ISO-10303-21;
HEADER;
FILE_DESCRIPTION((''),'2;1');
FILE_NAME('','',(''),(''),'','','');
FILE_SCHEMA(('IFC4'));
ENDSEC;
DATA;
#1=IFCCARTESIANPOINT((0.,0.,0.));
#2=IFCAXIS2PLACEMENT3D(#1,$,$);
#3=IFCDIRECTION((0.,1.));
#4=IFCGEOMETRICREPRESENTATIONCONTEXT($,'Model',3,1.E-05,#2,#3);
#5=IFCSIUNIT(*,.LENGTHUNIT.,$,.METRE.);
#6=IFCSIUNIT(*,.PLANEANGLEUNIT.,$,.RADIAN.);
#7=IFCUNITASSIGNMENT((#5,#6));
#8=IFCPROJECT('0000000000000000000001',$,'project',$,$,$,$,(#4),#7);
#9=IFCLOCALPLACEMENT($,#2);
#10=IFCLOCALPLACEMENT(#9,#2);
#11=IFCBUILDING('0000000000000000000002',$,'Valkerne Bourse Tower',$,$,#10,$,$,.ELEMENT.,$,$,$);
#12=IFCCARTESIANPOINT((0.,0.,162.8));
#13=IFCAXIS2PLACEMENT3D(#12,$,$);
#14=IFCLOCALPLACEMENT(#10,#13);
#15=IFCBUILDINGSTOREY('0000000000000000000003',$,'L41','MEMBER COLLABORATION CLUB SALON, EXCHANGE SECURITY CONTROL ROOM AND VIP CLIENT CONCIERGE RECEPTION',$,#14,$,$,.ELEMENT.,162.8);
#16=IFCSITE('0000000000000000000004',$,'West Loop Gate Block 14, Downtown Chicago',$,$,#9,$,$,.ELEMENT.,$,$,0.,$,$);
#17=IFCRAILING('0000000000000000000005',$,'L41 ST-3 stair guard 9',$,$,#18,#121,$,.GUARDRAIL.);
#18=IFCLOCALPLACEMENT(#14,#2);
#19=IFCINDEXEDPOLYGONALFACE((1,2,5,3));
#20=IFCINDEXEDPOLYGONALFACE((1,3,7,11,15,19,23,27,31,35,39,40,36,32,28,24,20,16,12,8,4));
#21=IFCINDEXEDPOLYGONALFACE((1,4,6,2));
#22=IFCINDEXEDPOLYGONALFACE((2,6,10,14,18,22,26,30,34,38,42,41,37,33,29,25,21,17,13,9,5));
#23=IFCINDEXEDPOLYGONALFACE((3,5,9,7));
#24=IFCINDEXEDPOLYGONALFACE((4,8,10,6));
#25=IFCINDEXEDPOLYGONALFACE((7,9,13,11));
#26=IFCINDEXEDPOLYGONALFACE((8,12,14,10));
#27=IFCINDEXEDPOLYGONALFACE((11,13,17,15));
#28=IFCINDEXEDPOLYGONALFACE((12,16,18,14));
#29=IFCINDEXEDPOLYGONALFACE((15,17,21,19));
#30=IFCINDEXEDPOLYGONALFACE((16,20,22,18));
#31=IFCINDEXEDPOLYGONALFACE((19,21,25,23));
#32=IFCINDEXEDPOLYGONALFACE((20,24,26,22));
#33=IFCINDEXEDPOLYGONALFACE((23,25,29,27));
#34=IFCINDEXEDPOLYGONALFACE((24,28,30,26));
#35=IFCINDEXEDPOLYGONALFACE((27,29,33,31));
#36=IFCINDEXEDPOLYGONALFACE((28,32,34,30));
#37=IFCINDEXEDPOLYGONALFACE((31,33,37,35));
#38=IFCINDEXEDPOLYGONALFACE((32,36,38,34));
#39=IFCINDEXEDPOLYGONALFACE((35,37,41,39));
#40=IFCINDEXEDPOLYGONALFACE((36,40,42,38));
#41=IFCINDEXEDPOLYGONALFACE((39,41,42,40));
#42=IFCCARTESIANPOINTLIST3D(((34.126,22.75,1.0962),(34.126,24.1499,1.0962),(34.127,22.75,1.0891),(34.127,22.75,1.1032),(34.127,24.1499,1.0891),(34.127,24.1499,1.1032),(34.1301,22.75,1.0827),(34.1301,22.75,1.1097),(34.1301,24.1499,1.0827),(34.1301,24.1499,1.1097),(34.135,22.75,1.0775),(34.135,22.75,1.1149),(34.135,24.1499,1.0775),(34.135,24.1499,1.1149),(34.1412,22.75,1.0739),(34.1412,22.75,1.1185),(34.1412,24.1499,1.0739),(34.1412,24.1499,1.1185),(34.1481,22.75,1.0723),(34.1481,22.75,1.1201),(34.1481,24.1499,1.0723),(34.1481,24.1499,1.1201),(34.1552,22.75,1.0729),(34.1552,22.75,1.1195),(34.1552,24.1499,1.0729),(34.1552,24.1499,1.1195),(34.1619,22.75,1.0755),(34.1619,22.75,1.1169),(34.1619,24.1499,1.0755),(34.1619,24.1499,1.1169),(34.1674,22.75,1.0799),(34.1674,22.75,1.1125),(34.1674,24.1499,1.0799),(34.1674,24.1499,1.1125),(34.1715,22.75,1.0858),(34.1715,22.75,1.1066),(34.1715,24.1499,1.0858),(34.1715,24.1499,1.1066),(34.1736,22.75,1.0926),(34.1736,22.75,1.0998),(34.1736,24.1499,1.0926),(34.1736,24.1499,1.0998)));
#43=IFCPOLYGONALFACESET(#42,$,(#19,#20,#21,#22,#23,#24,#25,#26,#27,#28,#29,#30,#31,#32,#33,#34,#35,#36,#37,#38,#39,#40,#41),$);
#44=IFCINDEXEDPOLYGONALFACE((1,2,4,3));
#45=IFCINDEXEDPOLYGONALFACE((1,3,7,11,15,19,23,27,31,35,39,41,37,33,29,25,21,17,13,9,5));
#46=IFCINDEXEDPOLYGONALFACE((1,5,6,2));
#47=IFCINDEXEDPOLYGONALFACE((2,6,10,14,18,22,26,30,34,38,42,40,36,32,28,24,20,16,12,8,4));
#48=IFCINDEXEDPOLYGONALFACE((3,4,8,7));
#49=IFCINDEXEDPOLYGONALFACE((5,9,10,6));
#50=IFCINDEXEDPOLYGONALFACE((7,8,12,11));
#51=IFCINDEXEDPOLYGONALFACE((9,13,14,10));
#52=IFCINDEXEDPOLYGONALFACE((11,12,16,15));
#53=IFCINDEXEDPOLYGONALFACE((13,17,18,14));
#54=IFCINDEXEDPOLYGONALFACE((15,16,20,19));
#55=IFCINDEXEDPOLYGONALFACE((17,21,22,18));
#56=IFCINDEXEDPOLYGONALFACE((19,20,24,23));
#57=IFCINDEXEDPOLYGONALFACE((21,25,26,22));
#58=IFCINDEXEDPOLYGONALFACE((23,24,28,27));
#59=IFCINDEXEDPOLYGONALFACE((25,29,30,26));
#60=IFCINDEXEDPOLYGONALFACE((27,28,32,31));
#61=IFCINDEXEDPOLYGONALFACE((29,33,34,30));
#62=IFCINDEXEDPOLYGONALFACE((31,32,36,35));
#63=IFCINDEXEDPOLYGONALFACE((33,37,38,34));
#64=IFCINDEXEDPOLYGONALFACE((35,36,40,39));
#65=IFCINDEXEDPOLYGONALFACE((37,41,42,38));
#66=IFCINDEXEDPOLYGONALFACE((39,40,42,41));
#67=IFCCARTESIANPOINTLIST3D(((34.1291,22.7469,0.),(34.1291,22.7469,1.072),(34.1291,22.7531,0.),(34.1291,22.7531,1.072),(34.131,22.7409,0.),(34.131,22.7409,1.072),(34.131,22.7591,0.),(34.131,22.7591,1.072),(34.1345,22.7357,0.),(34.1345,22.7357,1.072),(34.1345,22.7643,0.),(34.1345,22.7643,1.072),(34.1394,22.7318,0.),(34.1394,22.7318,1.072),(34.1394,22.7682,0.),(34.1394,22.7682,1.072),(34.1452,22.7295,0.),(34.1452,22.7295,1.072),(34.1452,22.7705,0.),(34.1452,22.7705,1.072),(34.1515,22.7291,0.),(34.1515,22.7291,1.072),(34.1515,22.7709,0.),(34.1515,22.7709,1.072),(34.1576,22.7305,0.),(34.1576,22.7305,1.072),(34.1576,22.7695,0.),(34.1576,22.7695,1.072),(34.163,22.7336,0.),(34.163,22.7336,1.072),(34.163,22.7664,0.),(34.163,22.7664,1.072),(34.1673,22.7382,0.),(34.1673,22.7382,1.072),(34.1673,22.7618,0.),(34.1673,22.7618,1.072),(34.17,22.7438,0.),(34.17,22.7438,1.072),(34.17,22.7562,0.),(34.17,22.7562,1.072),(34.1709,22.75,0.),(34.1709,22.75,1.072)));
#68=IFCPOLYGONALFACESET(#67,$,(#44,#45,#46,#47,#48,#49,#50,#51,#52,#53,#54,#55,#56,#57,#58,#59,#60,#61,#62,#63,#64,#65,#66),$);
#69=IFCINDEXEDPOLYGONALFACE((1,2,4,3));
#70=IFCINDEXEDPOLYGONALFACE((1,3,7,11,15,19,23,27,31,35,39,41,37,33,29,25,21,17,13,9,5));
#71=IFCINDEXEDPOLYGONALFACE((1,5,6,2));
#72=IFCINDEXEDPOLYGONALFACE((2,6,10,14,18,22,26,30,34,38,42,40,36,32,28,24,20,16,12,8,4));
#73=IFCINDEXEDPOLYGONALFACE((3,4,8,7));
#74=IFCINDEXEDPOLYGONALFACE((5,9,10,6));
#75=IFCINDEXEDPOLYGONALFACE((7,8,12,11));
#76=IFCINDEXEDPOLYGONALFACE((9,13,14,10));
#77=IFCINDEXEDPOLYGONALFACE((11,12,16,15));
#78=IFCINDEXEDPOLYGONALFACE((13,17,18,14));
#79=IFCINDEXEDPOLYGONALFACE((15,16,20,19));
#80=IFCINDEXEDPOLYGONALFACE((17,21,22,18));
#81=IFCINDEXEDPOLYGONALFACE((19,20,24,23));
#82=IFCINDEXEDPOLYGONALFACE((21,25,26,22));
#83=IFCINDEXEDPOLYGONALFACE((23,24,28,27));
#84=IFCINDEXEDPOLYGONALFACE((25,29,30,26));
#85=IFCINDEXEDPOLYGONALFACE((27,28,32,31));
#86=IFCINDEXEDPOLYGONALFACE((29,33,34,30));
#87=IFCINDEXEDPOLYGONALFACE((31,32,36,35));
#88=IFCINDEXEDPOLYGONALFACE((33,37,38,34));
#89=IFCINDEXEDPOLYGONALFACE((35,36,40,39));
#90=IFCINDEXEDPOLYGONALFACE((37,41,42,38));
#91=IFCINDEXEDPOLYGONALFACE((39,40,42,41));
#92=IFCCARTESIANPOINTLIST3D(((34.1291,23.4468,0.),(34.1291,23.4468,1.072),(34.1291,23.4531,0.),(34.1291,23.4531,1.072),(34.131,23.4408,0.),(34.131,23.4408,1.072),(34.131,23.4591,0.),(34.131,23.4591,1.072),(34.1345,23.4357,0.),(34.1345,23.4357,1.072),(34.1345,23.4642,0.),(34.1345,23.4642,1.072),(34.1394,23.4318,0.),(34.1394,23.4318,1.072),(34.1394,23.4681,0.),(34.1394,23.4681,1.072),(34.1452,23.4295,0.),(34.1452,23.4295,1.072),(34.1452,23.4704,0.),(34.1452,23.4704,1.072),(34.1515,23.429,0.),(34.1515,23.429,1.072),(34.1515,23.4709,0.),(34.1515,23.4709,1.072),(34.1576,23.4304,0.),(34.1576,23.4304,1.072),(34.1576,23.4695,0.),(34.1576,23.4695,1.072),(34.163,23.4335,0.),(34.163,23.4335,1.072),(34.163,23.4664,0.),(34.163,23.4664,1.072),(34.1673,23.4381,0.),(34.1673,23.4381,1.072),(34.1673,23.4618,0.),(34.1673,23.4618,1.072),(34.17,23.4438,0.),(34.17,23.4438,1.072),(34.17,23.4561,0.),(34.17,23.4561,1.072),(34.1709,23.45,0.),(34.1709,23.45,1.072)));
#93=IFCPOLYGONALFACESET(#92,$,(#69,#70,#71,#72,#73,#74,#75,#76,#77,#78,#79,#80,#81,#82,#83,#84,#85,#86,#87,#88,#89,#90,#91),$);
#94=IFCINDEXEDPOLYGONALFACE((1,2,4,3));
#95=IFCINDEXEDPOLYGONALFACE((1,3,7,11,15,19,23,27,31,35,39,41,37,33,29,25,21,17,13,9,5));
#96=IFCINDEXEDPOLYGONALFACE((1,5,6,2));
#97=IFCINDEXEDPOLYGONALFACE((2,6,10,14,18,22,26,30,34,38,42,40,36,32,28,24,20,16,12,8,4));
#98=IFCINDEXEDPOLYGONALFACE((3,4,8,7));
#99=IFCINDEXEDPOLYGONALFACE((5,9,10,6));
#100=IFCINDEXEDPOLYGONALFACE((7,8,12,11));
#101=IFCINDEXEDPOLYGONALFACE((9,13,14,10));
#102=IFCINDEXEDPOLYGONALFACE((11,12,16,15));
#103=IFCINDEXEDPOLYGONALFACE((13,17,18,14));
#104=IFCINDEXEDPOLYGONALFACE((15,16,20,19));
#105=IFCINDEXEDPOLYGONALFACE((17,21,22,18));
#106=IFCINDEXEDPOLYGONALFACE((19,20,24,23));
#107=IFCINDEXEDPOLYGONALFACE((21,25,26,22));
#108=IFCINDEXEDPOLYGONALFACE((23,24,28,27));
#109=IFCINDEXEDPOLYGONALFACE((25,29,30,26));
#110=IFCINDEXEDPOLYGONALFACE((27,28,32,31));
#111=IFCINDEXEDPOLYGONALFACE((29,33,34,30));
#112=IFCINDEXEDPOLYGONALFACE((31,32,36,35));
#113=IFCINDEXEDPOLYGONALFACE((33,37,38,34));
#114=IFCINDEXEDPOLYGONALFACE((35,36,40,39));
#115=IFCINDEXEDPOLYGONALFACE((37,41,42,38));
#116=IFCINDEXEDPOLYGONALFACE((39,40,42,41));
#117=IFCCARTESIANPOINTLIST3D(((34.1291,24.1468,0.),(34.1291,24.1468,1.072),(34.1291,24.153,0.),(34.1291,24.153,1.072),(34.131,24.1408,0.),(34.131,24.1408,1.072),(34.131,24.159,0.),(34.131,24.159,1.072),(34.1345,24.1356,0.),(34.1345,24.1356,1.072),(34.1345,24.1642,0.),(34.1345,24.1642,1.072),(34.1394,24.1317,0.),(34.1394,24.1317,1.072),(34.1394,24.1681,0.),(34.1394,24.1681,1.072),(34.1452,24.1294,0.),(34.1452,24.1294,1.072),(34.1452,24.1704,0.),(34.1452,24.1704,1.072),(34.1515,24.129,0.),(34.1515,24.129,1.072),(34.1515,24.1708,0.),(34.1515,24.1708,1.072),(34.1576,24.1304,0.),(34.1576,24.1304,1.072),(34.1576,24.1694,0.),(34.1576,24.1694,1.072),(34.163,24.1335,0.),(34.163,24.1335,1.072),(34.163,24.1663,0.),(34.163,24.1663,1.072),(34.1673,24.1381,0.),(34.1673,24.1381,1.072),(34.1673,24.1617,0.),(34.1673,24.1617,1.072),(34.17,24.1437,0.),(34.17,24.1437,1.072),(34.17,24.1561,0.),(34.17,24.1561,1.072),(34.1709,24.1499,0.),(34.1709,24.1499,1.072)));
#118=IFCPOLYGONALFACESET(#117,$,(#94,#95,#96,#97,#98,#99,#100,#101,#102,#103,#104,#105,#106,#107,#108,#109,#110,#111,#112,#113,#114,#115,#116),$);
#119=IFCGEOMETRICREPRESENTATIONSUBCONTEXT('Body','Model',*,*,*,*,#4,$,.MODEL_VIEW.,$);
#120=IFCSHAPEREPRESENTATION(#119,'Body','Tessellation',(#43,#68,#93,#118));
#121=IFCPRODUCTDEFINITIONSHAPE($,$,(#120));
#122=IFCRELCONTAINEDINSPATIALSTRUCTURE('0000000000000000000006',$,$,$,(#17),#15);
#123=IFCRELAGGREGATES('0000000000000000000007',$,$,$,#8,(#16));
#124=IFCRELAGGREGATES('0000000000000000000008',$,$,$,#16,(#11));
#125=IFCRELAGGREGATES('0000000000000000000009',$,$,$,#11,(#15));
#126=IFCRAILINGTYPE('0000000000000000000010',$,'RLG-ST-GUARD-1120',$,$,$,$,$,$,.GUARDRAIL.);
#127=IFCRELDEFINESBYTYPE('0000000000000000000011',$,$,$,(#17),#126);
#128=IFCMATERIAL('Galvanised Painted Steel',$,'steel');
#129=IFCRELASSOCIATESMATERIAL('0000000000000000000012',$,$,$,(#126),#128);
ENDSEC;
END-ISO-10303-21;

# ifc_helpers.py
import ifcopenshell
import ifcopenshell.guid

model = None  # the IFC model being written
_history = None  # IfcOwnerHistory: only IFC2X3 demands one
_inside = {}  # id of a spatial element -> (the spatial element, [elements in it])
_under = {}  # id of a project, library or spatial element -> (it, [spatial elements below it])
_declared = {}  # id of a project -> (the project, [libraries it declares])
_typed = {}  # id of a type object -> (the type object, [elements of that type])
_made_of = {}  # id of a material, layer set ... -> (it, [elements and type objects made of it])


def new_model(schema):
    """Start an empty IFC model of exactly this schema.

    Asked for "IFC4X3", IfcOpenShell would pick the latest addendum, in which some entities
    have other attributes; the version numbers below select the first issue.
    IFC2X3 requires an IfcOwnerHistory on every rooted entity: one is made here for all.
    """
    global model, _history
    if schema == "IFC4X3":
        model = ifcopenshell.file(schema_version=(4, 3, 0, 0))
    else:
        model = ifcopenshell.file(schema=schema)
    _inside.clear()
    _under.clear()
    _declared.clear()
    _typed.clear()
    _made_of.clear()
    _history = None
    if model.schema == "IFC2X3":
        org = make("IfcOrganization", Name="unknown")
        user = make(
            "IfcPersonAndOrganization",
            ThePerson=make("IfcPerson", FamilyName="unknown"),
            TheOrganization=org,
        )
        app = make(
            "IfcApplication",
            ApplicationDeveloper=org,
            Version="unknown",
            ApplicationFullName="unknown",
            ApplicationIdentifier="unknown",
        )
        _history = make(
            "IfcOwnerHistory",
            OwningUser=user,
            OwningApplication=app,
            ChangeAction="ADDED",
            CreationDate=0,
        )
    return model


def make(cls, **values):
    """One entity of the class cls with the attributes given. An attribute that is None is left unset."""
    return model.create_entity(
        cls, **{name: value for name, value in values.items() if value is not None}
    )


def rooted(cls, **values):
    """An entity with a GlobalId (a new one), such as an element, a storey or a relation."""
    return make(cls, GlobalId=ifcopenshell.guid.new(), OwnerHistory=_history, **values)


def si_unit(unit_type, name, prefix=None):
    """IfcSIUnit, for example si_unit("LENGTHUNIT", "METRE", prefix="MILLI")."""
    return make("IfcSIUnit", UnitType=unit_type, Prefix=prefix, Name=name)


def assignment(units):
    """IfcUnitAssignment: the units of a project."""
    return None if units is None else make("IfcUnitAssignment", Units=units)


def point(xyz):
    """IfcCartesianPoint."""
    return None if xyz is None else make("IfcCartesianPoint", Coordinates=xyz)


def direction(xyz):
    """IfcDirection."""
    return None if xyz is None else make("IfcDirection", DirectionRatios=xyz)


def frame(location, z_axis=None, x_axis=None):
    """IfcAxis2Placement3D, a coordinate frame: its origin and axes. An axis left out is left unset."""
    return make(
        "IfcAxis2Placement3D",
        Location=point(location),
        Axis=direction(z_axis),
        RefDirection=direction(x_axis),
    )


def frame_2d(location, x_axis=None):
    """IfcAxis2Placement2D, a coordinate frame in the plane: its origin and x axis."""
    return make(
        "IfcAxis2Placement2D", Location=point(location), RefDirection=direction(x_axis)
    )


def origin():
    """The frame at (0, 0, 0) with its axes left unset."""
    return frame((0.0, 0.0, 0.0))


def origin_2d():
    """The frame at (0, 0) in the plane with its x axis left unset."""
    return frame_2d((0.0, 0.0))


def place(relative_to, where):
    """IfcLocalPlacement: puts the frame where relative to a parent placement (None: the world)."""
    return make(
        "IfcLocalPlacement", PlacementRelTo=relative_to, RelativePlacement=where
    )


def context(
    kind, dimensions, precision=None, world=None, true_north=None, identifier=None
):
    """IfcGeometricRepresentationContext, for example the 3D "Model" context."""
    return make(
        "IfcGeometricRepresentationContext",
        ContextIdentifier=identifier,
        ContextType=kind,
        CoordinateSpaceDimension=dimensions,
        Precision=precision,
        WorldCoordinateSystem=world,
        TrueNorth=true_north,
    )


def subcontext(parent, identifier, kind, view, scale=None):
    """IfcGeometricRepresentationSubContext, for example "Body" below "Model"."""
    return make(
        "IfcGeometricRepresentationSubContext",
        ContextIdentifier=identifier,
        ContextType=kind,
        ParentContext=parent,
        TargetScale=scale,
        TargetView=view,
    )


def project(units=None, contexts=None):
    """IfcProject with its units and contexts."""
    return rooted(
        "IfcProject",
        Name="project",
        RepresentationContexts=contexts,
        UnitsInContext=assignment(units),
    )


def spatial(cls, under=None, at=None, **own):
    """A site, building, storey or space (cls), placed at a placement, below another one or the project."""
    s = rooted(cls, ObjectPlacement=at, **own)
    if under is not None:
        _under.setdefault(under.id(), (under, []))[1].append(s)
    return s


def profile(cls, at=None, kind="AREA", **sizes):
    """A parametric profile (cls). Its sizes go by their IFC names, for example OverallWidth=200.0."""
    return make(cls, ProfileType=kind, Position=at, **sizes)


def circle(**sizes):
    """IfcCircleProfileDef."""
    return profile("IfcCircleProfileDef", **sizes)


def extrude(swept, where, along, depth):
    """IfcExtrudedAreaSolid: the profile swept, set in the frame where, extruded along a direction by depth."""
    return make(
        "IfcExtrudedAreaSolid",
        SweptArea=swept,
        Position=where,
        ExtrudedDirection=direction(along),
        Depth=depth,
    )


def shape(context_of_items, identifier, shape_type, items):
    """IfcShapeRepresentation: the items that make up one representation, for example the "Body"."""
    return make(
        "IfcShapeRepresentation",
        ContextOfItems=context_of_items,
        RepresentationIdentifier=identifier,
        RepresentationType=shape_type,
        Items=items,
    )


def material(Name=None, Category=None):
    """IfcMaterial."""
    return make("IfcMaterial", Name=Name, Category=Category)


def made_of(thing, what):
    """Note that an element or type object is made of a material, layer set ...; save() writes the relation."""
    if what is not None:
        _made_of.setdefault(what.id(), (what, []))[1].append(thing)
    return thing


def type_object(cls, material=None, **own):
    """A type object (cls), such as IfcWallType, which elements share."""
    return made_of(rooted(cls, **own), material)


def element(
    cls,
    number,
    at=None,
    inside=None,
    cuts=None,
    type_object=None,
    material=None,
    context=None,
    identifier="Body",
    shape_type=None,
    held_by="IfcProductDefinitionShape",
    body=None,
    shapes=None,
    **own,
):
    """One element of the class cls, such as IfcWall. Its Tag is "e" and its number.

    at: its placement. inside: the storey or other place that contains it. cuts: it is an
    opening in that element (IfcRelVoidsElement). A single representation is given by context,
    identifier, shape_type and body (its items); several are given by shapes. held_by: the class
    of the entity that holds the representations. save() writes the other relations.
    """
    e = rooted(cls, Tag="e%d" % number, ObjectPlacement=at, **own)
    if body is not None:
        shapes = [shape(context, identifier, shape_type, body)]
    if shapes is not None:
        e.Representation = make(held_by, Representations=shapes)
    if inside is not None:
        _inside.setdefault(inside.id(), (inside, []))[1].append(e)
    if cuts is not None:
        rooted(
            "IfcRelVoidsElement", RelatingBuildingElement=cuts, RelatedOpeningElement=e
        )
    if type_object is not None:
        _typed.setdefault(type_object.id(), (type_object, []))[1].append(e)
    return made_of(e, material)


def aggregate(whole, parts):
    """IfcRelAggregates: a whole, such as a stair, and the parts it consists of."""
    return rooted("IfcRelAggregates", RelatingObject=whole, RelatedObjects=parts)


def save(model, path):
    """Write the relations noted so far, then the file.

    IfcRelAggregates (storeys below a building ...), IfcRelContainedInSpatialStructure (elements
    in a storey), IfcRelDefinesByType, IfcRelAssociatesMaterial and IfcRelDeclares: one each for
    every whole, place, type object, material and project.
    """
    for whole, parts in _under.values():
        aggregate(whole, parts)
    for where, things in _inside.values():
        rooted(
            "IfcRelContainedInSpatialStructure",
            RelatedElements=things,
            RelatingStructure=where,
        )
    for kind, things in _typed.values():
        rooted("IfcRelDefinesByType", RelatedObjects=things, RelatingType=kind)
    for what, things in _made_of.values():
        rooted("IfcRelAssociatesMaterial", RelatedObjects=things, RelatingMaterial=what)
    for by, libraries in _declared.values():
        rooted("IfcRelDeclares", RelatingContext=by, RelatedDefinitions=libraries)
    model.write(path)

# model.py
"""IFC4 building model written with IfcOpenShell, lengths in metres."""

from ifc_helpers import new_model, si_unit, direction, frame, origin, origin_2d, place, context, subcontext, project, spatial, circle, extrude, material, type_object, element, save


model = new_model("IFC4")

# Units and contexts
model_context = context("Model", 3, precision=1e-05, world=origin(), true_north=direction((0.0, 1.0)))
body_context = subcontext(model_context, "Body", "Model", "MODEL_VIEW")
ifc_project = project(units=[si_unit("LENGTHUNIT", "METRE"), si_unit("PLANEANGLEUNIT", "RADIAN")], contexts=[model_context])

# Site, building, storey
site_placement = place(None, origin())
site = spatial("IfcSite", under=ifc_project, at=site_placement, Name="West Loop Gate Block 14, Downtown Chicago", CompositionType="ELEMENT", RefElevation=0.0)
building_placement = place(site_placement, origin())
building = spatial("IfcBuilding", under=site, at=building_placement, Name="Valkerne Bourse Tower", CompositionType="ELEMENT")
storey_placement = place(building_placement, frame((0.0, 0.0, 162.8)))
storey = spatial("IfcBuildingStorey", under=building, at=storey_placement, Name="L41", Description="MEMBER COLLABORATION CLUB SALON, EXCHANGE SECURITY CONTROL ROOM AND VIP CLIENT CONCIERGE RECEPTION", CompositionType="ELEMENT", Elevation=162.8)

# Shared definitions
ifc_material_1 = material(Name="Galvanised Painted Steel", Category="steel")

# Railing
railing_type = type_object("IfcRailingType", Name="RLG-ST-GUARD-1120", PredefinedType="GUARDRAIL", material=ifc_material_1)
for number, where, name in (
    (1, (34.1499, 22.75, 0.0), "L41 ST-3 stair guard 9"),
):
    element("IfcRailing", number, at=place(storey_placement, frame(where)), inside=storey, type_object=railing_type, Name=name, PredefinedType="GUARDRAIL", context=body_context, shape_type="SweptSolid", body=[
        extrude(circle(Radius=0.0239, at=origin_2d()), frame((0.0, 0.0, 1.0962), z_axis=(0.0, 1.0, 0.0), x_axis=(-1.0, 0.0, 0.0)), (0.0, 0.0, 1.0), 1.3999),
        extrude(circle(Radius=0.021, at=origin_2d()), origin(), (0.0, 0.0, 1.0), 1.072),
        extrude(circle(Radius=0.021, at=origin_2d()), frame((0.0, 0.7, 0.0)), (0.0, 0.0, 1.0), 1.072),
        extrude(circle(Radius=0.021, at=origin_2d()), frame((0.0, 1.3999, 0.0)), (0.0, 0.0, 1.0), 1.072),
    ])

save(model, "model.ifc")
